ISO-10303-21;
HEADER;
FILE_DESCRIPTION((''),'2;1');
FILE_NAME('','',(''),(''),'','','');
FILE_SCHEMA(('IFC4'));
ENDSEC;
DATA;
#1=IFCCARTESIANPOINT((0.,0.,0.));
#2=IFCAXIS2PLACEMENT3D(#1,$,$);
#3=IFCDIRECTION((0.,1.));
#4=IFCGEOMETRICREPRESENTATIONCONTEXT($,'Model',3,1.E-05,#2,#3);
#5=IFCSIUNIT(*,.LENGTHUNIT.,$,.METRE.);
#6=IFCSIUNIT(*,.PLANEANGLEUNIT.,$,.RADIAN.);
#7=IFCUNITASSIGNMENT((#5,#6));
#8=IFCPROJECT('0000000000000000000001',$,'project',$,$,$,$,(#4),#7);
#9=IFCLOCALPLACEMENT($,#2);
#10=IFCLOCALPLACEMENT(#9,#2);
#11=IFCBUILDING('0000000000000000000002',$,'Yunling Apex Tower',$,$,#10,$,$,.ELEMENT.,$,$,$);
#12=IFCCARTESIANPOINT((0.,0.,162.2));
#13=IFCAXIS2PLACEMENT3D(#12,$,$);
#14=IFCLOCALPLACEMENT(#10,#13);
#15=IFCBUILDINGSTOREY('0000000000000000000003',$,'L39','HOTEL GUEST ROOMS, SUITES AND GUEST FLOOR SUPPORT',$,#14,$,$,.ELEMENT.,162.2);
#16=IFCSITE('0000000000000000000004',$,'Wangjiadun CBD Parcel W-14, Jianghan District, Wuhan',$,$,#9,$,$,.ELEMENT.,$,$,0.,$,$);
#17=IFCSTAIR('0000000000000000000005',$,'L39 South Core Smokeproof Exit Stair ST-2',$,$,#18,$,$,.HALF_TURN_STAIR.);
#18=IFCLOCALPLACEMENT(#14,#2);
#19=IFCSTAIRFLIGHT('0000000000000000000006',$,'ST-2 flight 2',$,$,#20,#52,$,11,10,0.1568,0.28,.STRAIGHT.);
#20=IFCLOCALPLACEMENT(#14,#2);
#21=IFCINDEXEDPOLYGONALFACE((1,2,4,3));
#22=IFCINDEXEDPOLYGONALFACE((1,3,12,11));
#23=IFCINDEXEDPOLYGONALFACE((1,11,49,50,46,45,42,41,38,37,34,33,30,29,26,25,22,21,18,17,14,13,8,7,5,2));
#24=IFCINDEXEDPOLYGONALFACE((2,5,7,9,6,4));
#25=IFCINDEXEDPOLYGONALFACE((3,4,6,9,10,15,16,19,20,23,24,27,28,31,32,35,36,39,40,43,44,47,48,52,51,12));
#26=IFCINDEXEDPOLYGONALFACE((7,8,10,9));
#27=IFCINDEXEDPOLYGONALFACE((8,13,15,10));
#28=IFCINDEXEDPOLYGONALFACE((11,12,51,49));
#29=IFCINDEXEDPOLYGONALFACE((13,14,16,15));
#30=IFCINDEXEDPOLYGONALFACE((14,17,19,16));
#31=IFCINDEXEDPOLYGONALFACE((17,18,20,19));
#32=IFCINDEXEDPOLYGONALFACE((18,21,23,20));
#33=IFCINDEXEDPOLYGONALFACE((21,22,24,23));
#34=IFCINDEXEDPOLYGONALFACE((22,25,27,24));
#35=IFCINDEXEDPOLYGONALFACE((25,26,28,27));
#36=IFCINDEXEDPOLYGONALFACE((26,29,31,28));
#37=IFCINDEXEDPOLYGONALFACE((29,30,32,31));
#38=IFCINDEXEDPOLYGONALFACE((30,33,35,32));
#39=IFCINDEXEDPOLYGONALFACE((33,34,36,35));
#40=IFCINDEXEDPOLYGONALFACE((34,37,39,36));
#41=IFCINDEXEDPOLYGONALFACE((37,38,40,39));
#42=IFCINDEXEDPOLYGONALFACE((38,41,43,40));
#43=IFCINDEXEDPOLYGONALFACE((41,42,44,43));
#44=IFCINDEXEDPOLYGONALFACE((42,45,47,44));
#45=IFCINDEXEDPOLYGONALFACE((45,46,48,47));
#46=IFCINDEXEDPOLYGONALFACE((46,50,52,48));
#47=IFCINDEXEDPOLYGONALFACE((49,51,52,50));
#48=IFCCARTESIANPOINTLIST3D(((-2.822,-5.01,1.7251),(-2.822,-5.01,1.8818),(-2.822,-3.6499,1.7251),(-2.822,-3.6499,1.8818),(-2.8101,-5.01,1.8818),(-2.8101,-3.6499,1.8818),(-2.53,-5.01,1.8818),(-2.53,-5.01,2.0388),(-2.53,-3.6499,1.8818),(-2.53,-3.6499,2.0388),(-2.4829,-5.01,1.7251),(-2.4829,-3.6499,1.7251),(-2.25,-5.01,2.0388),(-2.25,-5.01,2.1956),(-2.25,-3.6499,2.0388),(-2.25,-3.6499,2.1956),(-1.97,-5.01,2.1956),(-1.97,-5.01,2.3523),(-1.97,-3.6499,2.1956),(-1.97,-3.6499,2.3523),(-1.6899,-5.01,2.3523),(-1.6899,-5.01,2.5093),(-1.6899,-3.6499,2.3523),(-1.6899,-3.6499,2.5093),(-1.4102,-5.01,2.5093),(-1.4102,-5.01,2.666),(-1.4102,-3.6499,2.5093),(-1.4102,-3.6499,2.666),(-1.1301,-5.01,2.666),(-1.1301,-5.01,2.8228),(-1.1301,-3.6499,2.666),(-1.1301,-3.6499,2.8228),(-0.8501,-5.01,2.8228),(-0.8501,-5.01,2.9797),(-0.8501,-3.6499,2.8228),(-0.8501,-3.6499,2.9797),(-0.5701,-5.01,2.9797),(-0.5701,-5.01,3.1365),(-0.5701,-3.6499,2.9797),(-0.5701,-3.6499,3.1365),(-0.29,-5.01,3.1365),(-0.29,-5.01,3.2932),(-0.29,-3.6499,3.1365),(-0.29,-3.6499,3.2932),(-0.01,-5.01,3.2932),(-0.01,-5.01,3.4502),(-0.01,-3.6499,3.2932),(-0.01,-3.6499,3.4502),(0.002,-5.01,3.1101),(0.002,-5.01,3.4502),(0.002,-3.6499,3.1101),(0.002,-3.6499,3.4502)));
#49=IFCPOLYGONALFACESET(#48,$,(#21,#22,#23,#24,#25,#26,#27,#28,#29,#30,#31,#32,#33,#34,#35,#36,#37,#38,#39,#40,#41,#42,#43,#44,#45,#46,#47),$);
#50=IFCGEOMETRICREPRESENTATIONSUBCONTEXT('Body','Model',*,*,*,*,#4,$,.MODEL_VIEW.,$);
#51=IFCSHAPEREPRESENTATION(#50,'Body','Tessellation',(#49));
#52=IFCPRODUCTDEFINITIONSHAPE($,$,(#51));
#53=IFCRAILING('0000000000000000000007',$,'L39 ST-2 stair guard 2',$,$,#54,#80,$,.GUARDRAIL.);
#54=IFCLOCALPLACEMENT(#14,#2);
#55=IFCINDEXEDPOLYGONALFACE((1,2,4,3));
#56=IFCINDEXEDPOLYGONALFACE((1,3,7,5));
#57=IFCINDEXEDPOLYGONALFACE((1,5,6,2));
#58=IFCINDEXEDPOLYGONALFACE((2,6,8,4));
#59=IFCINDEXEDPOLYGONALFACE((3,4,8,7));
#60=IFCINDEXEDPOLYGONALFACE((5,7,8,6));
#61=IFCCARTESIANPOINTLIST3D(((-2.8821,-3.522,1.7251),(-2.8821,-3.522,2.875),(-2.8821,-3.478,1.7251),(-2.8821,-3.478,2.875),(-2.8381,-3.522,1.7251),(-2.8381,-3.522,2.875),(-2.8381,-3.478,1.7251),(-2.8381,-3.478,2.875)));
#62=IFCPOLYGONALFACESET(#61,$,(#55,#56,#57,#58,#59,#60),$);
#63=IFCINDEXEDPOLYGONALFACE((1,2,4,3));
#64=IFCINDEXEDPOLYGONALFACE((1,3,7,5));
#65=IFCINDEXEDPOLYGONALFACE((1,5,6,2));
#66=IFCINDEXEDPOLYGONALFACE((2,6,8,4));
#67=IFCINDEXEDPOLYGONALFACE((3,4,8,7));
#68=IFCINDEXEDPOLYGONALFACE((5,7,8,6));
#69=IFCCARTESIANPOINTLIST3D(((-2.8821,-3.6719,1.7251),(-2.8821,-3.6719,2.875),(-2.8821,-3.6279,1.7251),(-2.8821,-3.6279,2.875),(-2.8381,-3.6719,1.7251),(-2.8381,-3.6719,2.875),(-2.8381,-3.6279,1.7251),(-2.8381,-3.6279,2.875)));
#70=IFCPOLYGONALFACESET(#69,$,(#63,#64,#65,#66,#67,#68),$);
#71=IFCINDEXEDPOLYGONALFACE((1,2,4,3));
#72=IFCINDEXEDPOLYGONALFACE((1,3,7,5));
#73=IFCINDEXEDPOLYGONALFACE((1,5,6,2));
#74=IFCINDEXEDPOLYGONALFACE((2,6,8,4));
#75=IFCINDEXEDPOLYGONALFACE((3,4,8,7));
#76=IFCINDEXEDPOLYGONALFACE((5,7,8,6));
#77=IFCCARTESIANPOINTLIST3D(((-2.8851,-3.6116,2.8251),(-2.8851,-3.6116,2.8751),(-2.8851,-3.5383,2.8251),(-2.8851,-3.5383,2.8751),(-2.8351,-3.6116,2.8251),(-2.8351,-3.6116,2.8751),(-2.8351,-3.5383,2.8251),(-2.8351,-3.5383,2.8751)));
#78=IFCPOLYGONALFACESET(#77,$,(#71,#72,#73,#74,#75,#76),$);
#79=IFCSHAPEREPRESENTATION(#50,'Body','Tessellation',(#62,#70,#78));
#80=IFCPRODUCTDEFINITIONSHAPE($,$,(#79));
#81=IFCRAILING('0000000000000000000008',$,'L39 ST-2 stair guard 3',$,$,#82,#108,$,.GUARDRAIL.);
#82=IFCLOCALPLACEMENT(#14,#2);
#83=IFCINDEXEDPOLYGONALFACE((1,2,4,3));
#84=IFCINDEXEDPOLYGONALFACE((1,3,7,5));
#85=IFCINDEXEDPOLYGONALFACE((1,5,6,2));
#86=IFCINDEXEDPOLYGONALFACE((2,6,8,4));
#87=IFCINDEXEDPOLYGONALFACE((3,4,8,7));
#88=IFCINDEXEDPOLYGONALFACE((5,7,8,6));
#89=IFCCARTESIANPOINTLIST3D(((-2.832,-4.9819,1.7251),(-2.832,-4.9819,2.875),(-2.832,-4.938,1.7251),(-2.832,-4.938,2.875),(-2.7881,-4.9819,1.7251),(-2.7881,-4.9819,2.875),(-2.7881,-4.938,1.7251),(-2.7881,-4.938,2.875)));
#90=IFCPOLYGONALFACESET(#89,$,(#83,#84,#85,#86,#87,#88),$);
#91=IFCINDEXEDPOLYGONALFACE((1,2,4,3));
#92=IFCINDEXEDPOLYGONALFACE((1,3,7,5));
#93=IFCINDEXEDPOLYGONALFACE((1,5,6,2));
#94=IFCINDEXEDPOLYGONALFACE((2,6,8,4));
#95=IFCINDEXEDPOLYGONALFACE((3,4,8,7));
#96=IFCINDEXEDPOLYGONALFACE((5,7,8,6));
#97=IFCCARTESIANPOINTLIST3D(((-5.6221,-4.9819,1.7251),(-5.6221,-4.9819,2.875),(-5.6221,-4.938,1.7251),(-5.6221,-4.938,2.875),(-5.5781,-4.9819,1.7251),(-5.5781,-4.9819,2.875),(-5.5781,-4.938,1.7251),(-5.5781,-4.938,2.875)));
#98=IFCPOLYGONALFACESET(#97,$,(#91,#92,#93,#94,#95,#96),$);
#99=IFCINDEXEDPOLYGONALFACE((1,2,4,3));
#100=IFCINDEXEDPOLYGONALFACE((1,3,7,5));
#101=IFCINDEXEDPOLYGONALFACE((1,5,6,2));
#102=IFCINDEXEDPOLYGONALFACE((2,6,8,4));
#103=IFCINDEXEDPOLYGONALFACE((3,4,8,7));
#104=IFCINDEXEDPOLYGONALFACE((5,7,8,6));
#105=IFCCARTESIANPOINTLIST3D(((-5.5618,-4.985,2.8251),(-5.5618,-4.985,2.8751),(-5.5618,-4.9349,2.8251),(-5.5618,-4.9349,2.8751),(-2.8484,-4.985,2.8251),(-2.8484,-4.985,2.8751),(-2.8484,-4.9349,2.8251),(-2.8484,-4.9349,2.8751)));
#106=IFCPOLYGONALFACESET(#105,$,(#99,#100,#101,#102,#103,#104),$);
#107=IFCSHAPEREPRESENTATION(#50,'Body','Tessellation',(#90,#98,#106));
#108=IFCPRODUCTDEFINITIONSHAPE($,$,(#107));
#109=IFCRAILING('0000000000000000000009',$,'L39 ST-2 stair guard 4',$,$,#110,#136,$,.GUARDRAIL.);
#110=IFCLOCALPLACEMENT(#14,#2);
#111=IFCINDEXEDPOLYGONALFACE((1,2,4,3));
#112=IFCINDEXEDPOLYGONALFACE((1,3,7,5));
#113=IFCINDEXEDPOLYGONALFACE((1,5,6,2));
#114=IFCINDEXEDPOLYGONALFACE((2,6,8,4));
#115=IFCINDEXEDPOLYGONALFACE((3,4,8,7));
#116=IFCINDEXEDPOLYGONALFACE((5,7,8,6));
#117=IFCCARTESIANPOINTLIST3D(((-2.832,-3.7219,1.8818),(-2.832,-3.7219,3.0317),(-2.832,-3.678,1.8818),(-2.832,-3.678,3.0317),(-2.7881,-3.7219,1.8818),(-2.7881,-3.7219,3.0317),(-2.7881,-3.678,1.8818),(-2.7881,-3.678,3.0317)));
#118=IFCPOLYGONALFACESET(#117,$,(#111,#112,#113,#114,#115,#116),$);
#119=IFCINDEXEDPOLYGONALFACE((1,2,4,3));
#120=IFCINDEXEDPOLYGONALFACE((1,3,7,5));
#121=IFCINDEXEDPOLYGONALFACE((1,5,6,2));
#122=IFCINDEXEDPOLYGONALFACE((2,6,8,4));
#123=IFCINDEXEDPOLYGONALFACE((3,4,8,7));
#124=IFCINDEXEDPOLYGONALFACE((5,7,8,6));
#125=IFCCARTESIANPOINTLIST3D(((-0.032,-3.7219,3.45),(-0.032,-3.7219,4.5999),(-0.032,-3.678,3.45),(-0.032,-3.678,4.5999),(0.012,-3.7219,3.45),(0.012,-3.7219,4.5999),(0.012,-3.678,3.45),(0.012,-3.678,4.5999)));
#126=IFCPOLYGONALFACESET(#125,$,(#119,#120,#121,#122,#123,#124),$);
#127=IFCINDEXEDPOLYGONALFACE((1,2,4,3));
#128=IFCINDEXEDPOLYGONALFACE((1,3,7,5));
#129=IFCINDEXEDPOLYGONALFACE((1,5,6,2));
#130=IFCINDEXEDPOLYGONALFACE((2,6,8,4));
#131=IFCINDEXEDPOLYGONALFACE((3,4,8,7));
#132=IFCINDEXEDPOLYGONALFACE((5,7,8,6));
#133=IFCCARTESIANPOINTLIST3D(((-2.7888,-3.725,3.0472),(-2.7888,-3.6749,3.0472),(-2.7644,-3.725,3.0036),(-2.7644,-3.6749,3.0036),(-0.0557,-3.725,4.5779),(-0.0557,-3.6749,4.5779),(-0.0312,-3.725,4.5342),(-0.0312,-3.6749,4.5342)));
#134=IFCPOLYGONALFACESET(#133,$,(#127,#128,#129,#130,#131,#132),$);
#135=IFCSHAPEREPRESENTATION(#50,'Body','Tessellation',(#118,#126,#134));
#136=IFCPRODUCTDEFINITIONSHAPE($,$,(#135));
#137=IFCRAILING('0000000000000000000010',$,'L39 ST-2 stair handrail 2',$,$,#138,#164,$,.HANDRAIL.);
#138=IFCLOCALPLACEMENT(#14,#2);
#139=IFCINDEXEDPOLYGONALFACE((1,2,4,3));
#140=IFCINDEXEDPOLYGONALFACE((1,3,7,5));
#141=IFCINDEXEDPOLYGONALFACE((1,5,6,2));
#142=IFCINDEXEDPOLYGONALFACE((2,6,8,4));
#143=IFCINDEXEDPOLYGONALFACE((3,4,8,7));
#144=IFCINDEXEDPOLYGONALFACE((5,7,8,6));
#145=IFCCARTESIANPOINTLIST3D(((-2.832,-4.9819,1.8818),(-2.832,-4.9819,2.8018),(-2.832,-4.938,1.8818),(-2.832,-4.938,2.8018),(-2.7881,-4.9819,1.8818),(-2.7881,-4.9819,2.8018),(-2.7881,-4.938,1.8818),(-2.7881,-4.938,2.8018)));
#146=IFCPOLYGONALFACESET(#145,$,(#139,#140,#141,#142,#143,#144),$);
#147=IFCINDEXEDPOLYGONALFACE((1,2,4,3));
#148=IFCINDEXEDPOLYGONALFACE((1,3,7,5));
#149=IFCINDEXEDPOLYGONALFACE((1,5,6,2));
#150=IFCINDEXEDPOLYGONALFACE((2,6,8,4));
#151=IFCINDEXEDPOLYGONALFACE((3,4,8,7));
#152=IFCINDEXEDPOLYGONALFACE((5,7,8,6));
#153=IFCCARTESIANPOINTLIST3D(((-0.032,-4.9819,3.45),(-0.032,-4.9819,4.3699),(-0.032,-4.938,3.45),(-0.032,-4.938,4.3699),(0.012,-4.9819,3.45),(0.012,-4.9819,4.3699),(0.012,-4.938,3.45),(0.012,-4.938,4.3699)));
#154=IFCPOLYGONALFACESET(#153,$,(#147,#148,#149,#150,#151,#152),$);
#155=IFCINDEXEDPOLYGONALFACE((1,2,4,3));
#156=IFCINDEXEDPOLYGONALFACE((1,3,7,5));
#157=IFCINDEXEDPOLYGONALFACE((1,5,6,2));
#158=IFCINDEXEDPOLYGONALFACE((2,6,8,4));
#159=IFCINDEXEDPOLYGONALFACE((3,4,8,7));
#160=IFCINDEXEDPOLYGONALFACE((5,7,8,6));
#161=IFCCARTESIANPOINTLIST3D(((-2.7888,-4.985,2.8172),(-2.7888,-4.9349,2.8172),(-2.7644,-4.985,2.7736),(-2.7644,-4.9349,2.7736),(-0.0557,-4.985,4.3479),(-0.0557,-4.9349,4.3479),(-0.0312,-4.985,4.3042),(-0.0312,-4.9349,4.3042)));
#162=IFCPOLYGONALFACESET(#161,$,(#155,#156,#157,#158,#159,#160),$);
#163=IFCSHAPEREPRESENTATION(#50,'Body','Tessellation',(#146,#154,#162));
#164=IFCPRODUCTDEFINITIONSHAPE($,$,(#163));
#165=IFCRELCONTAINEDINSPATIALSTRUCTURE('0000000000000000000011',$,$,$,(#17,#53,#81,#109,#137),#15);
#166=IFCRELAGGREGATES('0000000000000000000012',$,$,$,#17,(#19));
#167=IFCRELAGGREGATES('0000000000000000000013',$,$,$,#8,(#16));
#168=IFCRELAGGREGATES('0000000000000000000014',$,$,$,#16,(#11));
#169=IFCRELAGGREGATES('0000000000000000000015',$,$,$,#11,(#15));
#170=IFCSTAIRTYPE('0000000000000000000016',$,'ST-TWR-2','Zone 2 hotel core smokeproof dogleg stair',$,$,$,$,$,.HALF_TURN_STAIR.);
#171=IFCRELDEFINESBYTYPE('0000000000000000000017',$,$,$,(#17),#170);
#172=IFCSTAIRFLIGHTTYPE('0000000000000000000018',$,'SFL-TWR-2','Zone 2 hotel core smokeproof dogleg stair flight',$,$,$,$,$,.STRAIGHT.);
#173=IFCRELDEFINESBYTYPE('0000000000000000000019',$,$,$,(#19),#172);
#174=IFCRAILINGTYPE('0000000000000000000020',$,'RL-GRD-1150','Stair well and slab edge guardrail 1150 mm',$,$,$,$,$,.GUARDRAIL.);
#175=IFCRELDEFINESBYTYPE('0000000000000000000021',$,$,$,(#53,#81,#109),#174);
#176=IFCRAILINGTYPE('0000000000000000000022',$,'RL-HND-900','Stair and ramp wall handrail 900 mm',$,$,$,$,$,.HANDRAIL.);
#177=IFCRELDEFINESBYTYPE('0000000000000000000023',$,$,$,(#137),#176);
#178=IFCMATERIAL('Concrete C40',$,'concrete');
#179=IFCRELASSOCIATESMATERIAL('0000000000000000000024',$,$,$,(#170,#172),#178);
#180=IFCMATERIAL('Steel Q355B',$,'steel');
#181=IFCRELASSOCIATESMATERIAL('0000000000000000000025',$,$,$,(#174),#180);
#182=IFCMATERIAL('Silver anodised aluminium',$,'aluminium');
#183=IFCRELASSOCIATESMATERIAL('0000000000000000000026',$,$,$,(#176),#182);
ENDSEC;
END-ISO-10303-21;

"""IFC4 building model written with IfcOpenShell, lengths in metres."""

from ifc_helpers import new_model, si_unit, direction, frame, origin, origin_2d, place, context, subcontext, project, spatial, polyline, rectangle, outline, extrude, material, type_object, element, aggregate, save


model = new_model("IFC4")

# Units and contexts
model_context = context("Model", 3, precision=1e-05, world=origin(), true_north=direction((0.0, 1.0)))
body_context = subcontext(model_context, "Body", "Model", "MODEL_VIEW")
ifc_project = project(units=[si_unit("LENGTHUNIT", "METRE"), si_unit("PLANEANGLEUNIT", "RADIAN")], contexts=[model_context])

# Site, building, storey
site_placement = place(None, origin())
site = spatial("IfcSite", under=ifc_project, at=site_placement, Name="Wangjiadun CBD Parcel W-14, Jianghan District, Wuhan", CompositionType="ELEMENT", RefElevation=0.0)
building_placement = place(site_placement, origin())
building = spatial("IfcBuilding", under=site, at=building_placement, Name="Yunling Apex Tower", CompositionType="ELEMENT")
storey_placement = place(building_placement, frame((0.0, 0.0, 162.2)))
storey = spatial("IfcBuildingStorey", under=building, at=storey_placement, Name="L39", Description="HOTEL GUEST ROOMS, SUITES AND GUEST FLOOR SUPPORT", CompositionType="ELEMENT", Elevation=162.2)

# Shared definitions
ifc_material_1 = material(Name="Steel Q355B", Category="steel")

# Shared definitions
ifc_material_2 = material(Name="Concrete C40", Category="concrete")

# Shared definitions
ifc_material_3 = material(Name="Silver anodised aluminium", Category="aluminium")

# Stair, stair flight
stair_type = type_object("IfcStairType", Name="ST-TWR-2", Description="Zone 2 hotel core smokeproof dogleg stair", PredefinedType="HALF_TURN_STAIR", material=ifc_material_2)
stair_placement = place(storey_placement, origin())
stair = element("IfcStair", 1, at=stair_placement, inside=storey, type_object=stair_type, Name="L39 South Core Smokeproof Exit Stair ST-2", PredefinedType="HALF_TURN_STAIR")
stair_flight_type = type_object("IfcStairFlightType", Name="SFL-TWR-2", Description="Zone 2 hotel core smokeproof dogleg stair flight", PredefinedType="STRAIGHT", material=ifc_material_2)
stair_flight_placement = place(storey_placement, frame((-2.8101, -4.3301, 1.7251), z_axis=(0.0, 0.0, 1.0), x_axis=(1.0, 0.0, 0.0)))
stair_flight = element("IfcStairFlight", 2, at=stair_flight_placement, type_object=stair_flight_type, Name="ST-2 flight 2", NumberOfRisers=11, NumberOfTreads=10, PredefinedType="STRAIGHT", RiserHeight=0.1568, TreadLength=0.28, context=body_context, shape_type="SweptSolid", body=[
    extrude(outline(polyline([(-0.012, 0.0), (-0.012, 0.1567), (0.0, 0.1567), (0.28, 0.1567), (0.28, 0.3137), (0.5601, 0.3137), (0.5601, 0.4705), (0.8401, 0.4705), (0.8401, 0.6272), (1.1201, 0.6272), (1.1201, 0.7842), (1.3999, 0.7842), (1.3999, 0.9409), (1.6799, 0.9409), (1.6799, 1.0977), (1.96, 1.0977), (1.96, 1.2546), (2.24, 1.2546), (2.24, 1.4114), (2.52, 1.4114), (2.52, 1.5681), (2.8, 1.5681), (2.8, 1.7251), (2.812, 1.7251), (2.812, 1.385), (0.3271, 0.0), (-0.012, 0.0)])), frame((0.0, 0.6802, 0.0), z_axis=(0.0, -1.0, 0.0), x_axis=(1.0, 0.0, 0.0)), (0.0, 0.0, 1.0), 1.3601),
])
aggregate(stair, [stair_flight])

# Railings
railing_type_1 = type_object("IfcRailingType", Name="RL-GRD-1150", Description="Stair well and slab edge guardrail 1150 mm", PredefinedType="GUARDRAIL", material=ifc_material_1)
railing_1_placement = place(storey_placement, frame((-2.8601, -3.5, 1.7251)))
element("IfcRailing", 3, at=railing_1_placement, inside=storey, type_object=railing_type_1, Name="L39 ST-2 stair guard 2", PredefinedType="GUARDRAIL", context=body_context, shape_type="SweptSolid", body=[
    extrude(rectangle(XDim=0.0439, YDim=0.0439, at=origin_2d()), origin(), (0.0, 0.0, 1.0), 1.1499),
    extrude(rectangle(XDim=0.0439, YDim=0.0439, at=origin_2d()), frame((0.0, -0.1499, 0.0)), (0.0, 0.0, 1.0), 1.1499),
    extrude(rectangle(XDim=0.05, YDim=0.05, at=origin_2d()), frame((0.0, -0.0383, 1.125), z_axis=(0.0, -1.0, 0.0), x_axis=(1.0, 0.0, 0.0)), (0.0, 0.0, 1.0), 0.0732),
])
railing_2_placement = place(storey_placement, frame((-2.8101, -4.96, 1.7251)))
element("IfcRailing", 4, at=railing_2_placement, inside=storey, type_object=railing_type_1, Name="L39 ST-2 stair guard 3", PredefinedType="GUARDRAIL", context=body_context, shape_type="SweptSolid", body=[
    extrude(rectangle(XDim=0.0439, YDim=0.0439, at=origin_2d()), origin(), (0.0, 0.0, 1.0), 1.1499),
    extrude(rectangle(XDim=0.0439, YDim=0.0439, at=origin_2d()), frame((-2.79, 0.0, 0.0)), (0.0, 0.0, 1.0), 1.1499),
    extrude(rectangle(XDim=0.05, YDim=0.05, at=origin_2d()), frame((-0.0383, 0.0, 1.125), z_axis=(-1.0, 0.0, 0.0), x_axis=(0.0, -1.0, 0.0)), (0.0, 0.0, 1.0), 2.7134),
])
railing_3_placement = place(storey_placement, frame((-2.8101, -3.7, 1.8818)))
element("IfcRailing", 5, at=railing_3_placement, inside=storey, type_object=railing_type_1, Name="L39 ST-2 stair guard 4", PredefinedType="GUARDRAIL", context=body_context, shape_type="SweptSolid", body=[
    extrude(rectangle(XDim=0.0439, YDim=0.0439, at=origin_2d()), origin(), (0.0, 0.0, 1.0), 1.1499),
    extrude(rectangle(XDim=0.0439, YDim=0.0439, at=origin_2d()), frame((2.8, 0.0, 1.5681)), (0.0, 0.0, 1.0), 1.1499),
    extrude(rectangle(XDim=0.05, YDim=0.05, at=origin_2d()), frame((0.0334, 0.0, 1.1436), z_axis=(0.872494, 0.0, 0.488624), x_axis=(0.0, 1.0, 0.0)), (0.0, 0.0, 1.0), 3.1326),
])
railing_type_2 = type_object("IfcRailingType", Name="RL-HND-900", Description="Stair and ramp wall handrail 900 mm", PredefinedType="HANDRAIL", material=ifc_material_3)
railing_4_placement = place(storey_placement, frame((-2.8101, -4.96, 1.8818)))
element("IfcRailing", 6, at=railing_4_placement, inside=storey, type_object=railing_type_2, Name="L39 ST-2 stair handrail 2", PredefinedType="HANDRAIL", context=body_context, shape_type="SweptSolid", body=[
    extrude(rectangle(XDim=0.0439, YDim=0.0439, at=origin_2d()), origin(), (0.0, 0.0, 1.0), 0.9199),
    extrude(rectangle(XDim=0.0439, YDim=0.0439, at=origin_2d()), frame((2.8, 0.0, 1.5681)), (0.0, 0.0, 1.0), 0.9199),
    extrude(rectangle(XDim=0.05, YDim=0.05, at=origin_2d()), frame((0.0334, 0.0, 0.9136), z_axis=(0.872494, 0.0, 0.488624), x_axis=(0.0, 1.0, 0.0)), (0.0, 0.0, 1.0), 3.1326),
])

save(model, "model.ifc")
